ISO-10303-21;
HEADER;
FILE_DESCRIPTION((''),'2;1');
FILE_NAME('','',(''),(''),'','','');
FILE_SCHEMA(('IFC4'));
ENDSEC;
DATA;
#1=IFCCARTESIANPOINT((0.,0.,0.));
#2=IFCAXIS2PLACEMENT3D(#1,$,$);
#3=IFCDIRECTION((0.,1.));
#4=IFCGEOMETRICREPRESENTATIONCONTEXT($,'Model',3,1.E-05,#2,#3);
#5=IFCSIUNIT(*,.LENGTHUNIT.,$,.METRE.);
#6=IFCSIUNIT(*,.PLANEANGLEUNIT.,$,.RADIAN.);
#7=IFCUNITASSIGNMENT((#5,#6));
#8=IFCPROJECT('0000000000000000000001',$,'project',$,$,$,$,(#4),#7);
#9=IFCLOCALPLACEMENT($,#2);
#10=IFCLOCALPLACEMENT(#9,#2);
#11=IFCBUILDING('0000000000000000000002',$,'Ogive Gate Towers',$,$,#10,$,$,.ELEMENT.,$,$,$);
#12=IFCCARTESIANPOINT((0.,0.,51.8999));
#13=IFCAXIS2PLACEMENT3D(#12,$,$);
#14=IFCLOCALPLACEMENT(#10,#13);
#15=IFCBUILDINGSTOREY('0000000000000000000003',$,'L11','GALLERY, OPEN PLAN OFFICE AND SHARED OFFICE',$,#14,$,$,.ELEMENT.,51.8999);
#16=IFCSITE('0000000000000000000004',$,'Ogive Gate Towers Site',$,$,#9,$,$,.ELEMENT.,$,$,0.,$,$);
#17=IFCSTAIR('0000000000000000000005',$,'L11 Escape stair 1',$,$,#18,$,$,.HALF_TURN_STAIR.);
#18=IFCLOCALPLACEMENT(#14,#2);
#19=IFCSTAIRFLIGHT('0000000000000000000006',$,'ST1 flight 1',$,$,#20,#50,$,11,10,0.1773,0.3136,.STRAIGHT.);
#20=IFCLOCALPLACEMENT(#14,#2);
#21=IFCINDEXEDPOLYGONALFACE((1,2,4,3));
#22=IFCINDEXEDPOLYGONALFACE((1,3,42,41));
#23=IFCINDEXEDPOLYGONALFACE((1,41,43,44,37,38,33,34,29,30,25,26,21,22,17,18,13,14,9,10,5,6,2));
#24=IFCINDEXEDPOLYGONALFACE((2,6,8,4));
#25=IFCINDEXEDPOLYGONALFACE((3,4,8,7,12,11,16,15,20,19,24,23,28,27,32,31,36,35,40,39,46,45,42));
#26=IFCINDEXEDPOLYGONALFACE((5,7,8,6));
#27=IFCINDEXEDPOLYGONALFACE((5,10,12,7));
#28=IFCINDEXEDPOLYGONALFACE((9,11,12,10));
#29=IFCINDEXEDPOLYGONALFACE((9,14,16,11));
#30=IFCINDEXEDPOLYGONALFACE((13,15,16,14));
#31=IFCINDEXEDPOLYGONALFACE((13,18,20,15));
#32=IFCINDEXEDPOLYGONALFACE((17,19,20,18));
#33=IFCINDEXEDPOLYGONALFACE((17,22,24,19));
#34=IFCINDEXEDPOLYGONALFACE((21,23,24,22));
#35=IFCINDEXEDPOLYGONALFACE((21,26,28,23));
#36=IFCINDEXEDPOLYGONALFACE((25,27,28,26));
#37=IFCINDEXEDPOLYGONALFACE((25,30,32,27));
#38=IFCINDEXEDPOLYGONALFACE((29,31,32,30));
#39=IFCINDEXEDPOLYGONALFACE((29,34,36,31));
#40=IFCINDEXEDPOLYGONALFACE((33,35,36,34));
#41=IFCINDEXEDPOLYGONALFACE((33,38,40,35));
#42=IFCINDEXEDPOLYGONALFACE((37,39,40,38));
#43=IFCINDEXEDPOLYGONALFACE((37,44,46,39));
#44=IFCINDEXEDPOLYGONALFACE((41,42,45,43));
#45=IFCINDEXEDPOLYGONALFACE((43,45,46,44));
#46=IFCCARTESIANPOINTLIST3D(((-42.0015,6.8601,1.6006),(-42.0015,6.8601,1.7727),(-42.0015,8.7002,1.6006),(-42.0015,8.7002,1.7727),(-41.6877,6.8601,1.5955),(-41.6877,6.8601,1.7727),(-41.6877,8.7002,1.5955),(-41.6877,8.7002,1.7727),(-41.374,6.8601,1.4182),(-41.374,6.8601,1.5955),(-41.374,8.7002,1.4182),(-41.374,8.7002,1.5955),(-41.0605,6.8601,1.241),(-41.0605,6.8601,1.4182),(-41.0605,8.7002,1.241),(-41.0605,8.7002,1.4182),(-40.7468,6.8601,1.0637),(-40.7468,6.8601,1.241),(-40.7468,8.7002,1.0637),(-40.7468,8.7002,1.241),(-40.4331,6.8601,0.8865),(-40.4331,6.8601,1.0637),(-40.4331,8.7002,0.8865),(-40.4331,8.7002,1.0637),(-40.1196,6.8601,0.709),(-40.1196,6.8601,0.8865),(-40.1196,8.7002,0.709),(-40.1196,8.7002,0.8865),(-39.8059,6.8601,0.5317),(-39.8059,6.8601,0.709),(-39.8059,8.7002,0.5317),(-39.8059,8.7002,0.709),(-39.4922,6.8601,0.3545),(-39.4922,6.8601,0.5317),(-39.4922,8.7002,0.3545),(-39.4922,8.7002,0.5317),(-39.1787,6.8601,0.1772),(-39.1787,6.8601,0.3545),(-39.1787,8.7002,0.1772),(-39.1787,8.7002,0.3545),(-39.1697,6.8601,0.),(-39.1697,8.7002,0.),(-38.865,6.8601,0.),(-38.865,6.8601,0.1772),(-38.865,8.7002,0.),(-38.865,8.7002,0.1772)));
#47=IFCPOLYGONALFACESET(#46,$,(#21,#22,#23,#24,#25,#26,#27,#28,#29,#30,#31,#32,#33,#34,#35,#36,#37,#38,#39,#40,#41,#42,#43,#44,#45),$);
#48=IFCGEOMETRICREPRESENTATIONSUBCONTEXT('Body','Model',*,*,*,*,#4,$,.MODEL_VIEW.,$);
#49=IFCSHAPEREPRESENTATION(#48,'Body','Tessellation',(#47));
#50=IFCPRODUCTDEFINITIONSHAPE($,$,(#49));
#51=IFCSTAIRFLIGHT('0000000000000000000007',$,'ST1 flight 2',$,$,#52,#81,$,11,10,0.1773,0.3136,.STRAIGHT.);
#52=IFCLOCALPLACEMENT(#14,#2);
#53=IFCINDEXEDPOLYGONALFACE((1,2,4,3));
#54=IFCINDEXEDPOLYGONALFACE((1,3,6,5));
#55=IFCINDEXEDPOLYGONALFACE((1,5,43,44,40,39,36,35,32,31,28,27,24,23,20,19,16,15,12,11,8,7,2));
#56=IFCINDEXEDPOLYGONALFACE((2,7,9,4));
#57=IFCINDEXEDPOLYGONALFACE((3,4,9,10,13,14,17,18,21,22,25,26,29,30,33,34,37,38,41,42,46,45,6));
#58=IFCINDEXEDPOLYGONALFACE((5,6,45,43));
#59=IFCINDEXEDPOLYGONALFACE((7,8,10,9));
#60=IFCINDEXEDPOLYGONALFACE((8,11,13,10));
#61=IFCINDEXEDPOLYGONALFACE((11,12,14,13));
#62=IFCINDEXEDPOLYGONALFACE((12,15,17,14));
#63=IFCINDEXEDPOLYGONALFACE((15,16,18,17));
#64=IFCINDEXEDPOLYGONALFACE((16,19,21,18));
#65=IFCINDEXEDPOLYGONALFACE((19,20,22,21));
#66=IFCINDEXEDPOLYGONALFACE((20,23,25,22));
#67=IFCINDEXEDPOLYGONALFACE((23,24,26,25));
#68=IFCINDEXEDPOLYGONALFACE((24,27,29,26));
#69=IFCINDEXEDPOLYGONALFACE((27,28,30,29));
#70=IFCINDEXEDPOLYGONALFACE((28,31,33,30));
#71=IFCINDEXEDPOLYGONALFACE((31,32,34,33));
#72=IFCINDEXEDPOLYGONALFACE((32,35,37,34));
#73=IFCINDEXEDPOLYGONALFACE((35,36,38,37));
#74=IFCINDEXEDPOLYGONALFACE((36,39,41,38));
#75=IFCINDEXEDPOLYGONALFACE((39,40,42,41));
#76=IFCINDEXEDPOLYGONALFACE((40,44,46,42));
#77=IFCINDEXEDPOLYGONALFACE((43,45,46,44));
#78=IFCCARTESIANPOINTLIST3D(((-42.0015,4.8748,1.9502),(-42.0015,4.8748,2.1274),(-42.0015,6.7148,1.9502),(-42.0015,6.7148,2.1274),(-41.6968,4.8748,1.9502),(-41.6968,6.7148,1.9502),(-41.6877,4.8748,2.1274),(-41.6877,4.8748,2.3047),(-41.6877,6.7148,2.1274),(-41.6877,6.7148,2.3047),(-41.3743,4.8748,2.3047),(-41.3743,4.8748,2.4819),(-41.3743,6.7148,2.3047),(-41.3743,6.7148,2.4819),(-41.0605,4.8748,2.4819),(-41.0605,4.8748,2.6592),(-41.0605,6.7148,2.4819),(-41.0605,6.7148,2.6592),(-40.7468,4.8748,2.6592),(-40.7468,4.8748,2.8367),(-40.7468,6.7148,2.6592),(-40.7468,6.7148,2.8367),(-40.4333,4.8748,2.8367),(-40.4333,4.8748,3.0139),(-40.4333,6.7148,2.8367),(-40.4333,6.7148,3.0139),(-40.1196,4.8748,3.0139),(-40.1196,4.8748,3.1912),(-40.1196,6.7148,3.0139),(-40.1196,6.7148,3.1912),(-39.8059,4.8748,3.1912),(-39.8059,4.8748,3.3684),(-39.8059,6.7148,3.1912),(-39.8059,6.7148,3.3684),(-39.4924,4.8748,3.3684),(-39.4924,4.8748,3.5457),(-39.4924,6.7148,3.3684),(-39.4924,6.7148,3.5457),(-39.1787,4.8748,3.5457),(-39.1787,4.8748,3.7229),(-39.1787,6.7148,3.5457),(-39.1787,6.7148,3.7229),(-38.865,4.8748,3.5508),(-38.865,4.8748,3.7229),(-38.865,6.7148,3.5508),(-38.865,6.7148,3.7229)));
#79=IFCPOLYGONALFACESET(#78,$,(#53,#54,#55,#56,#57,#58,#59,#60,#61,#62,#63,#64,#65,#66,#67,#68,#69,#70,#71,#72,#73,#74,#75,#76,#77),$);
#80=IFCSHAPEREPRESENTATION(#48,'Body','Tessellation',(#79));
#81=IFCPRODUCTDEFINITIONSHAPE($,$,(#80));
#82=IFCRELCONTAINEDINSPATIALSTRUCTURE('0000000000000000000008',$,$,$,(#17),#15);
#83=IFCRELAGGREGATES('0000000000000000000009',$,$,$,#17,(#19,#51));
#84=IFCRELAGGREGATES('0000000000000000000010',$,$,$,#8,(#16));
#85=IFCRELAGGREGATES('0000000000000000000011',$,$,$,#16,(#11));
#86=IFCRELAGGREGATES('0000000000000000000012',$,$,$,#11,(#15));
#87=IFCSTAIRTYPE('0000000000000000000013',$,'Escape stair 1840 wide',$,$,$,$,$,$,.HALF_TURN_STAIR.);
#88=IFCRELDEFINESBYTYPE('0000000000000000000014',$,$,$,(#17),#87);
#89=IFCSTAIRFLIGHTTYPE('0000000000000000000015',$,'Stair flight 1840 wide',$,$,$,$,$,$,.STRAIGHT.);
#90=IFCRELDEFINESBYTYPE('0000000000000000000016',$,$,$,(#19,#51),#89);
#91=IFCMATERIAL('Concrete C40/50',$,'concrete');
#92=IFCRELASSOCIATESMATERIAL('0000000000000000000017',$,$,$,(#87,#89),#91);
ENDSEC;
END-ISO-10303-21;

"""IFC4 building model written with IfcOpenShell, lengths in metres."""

from ifc_helpers import new_model, si_unit, direction, frame, origin, place, context, subcontext, project, spatial, polyline, outline, extrude, material, type_object, element, aggregate, save


model = new_model("IFC4")

# Units and contexts
model_context = context("Model", 3, precision=1e-05, world=origin(), true_north=direction((0.0, 1.0)))
body_context = subcontext(model_context, "Body", "Model", "MODEL_VIEW")
ifc_project = project(units=[si_unit("LENGTHUNIT", "METRE"), si_unit("PLANEANGLEUNIT", "RADIAN")], contexts=[model_context])

# Site, building, storey
site_placement = place(None, origin())
site = spatial("IfcSite", under=ifc_project, at=site_placement, Name="Ogive Gate Towers Site", CompositionType="ELEMENT", RefElevation=0.0)
building_placement = place(site_placement, origin())
building = spatial("IfcBuilding", under=site, at=building_placement, Name="Ogive Gate Towers", CompositionType="ELEMENT")
storey_placement = place(building_placement, frame((0.0, 0.0, 51.8999)))
storey = spatial("IfcBuildingStorey", under=building, at=storey_placement, Name="L11", Description="GALLERY, OPEN PLAN OFFICE AND SHARED OFFICE", CompositionType="ELEMENT", Elevation=51.8999)

# Stair, stair flights
ifc_material_1 = material(Name="Concrete C40/50", Category="concrete")
stair_type = type_object("IfcStairType", Name="Escape stair 1840 wide", PredefinedType="HALF_TURN_STAIR", material=ifc_material_1)
stair_placement = place(storey_placement, origin())
stair = element("IfcStair", 1, at=stair_placement, inside=storey, type_object=stair_type, Name="L11 Escape stair 1", PredefinedType="HALF_TURN_STAIR")
stair_flight_type = type_object("IfcStairFlightType", Name="Stair flight 1840 wide", PredefinedType="STRAIGHT", material=ifc_material_1)
stair_flight_1_placement = place(storey_placement, frame((-38.865, 7.78, 0.0), z_axis=(0.0, 0.0, 1.0), x_axis=(-1.0, 0.0, 0.0)))
stair_flight_1 = element("IfcStairFlight", 2, at=stair_flight_1_placement, type_object=stair_flight_type, Name="ST1 flight 1", NumberOfRisers=11, NumberOfTreads=10, PredefinedType="STRAIGHT", RiserHeight=0.1773, TreadLength=0.3136, context=body_context, shape_type="SweptSolid", body=[
    extrude(outline(polyline([(0.0, 0.0), (0.0, 0.1772), (0.3137, 0.1772), (0.3137, 0.3545), (0.6272, 0.3545), (0.6272, 0.5317), (0.9409, 0.5317), (0.9409, 0.709), (1.2546, 0.709), (1.2546, 0.8865), (1.5681, 0.8865), (1.5681, 1.0637), (1.8818, 1.0637), (1.8818, 1.241), (2.1956, 1.241), (2.1956, 1.4182), (2.509, 1.4182), (2.509, 1.5955), (2.8228, 1.5955), (2.8228, 1.7727), (3.1365, 1.7727), (3.1365, 1.95), (3.1365, 1.6006), (0.3047, 0.0), (0.0, 0.0)])), frame((0.0, 0.9199, 0.0), z_axis=(0.0, -1.0, 0.0), x_axis=(1.0, 0.0, 0.0)), (0.0, 0.0, 1.0), 1.8401),
])
stair_flight_2_placement = place(storey_placement, frame((-42.0015, 5.7949, 1.9502), z_axis=(0.0, 0.0, 1.0), x_axis=(1.0, 0.0, 0.0)))
stair_flight_2 = element("IfcStairFlight", 3, at=stair_flight_2_placement, type_object=stair_flight_type, Name="ST1 flight 2", NumberOfRisers=11, NumberOfTreads=10, PredefinedType="STRAIGHT", RiserHeight=0.1773, TreadLength=0.3136, context=body_context, shape_type="SweptSolid", body=[
    extrude(outline(polyline([(0.0, 0.0), (0.0, 0.1772), (0.3137, 0.1772), (0.3137, 0.3545), (0.6272, 0.3545), (0.6272, 0.5317), (0.9409, 0.5317), (0.9409, 0.709), (1.2546, 0.709), (1.2546, 0.8865), (1.5681, 0.8865), (1.5681, 1.0637), (1.8818, 1.0637), (1.8818, 1.241), (2.1956, 1.241), (2.1956, 1.4182), (2.509, 1.4182), (2.509, 1.5955), (2.8228, 1.5955), (2.8228, 1.7727), (3.1365, 1.7727), (3.1365, 1.95), (3.1365, 1.6006), (0.3047, 0.0), (0.0, 0.0)])), frame((0.0, 0.9199, 0.0), z_axis=(0.0, -1.0, 0.0), x_axis=(1.0, 0.0, 0.0)), (0.0, 0.0, 1.0), 1.8401),
])
aggregate(stair, [stair_flight_1, stair_flight_2])

save(model, "model.ifc")
